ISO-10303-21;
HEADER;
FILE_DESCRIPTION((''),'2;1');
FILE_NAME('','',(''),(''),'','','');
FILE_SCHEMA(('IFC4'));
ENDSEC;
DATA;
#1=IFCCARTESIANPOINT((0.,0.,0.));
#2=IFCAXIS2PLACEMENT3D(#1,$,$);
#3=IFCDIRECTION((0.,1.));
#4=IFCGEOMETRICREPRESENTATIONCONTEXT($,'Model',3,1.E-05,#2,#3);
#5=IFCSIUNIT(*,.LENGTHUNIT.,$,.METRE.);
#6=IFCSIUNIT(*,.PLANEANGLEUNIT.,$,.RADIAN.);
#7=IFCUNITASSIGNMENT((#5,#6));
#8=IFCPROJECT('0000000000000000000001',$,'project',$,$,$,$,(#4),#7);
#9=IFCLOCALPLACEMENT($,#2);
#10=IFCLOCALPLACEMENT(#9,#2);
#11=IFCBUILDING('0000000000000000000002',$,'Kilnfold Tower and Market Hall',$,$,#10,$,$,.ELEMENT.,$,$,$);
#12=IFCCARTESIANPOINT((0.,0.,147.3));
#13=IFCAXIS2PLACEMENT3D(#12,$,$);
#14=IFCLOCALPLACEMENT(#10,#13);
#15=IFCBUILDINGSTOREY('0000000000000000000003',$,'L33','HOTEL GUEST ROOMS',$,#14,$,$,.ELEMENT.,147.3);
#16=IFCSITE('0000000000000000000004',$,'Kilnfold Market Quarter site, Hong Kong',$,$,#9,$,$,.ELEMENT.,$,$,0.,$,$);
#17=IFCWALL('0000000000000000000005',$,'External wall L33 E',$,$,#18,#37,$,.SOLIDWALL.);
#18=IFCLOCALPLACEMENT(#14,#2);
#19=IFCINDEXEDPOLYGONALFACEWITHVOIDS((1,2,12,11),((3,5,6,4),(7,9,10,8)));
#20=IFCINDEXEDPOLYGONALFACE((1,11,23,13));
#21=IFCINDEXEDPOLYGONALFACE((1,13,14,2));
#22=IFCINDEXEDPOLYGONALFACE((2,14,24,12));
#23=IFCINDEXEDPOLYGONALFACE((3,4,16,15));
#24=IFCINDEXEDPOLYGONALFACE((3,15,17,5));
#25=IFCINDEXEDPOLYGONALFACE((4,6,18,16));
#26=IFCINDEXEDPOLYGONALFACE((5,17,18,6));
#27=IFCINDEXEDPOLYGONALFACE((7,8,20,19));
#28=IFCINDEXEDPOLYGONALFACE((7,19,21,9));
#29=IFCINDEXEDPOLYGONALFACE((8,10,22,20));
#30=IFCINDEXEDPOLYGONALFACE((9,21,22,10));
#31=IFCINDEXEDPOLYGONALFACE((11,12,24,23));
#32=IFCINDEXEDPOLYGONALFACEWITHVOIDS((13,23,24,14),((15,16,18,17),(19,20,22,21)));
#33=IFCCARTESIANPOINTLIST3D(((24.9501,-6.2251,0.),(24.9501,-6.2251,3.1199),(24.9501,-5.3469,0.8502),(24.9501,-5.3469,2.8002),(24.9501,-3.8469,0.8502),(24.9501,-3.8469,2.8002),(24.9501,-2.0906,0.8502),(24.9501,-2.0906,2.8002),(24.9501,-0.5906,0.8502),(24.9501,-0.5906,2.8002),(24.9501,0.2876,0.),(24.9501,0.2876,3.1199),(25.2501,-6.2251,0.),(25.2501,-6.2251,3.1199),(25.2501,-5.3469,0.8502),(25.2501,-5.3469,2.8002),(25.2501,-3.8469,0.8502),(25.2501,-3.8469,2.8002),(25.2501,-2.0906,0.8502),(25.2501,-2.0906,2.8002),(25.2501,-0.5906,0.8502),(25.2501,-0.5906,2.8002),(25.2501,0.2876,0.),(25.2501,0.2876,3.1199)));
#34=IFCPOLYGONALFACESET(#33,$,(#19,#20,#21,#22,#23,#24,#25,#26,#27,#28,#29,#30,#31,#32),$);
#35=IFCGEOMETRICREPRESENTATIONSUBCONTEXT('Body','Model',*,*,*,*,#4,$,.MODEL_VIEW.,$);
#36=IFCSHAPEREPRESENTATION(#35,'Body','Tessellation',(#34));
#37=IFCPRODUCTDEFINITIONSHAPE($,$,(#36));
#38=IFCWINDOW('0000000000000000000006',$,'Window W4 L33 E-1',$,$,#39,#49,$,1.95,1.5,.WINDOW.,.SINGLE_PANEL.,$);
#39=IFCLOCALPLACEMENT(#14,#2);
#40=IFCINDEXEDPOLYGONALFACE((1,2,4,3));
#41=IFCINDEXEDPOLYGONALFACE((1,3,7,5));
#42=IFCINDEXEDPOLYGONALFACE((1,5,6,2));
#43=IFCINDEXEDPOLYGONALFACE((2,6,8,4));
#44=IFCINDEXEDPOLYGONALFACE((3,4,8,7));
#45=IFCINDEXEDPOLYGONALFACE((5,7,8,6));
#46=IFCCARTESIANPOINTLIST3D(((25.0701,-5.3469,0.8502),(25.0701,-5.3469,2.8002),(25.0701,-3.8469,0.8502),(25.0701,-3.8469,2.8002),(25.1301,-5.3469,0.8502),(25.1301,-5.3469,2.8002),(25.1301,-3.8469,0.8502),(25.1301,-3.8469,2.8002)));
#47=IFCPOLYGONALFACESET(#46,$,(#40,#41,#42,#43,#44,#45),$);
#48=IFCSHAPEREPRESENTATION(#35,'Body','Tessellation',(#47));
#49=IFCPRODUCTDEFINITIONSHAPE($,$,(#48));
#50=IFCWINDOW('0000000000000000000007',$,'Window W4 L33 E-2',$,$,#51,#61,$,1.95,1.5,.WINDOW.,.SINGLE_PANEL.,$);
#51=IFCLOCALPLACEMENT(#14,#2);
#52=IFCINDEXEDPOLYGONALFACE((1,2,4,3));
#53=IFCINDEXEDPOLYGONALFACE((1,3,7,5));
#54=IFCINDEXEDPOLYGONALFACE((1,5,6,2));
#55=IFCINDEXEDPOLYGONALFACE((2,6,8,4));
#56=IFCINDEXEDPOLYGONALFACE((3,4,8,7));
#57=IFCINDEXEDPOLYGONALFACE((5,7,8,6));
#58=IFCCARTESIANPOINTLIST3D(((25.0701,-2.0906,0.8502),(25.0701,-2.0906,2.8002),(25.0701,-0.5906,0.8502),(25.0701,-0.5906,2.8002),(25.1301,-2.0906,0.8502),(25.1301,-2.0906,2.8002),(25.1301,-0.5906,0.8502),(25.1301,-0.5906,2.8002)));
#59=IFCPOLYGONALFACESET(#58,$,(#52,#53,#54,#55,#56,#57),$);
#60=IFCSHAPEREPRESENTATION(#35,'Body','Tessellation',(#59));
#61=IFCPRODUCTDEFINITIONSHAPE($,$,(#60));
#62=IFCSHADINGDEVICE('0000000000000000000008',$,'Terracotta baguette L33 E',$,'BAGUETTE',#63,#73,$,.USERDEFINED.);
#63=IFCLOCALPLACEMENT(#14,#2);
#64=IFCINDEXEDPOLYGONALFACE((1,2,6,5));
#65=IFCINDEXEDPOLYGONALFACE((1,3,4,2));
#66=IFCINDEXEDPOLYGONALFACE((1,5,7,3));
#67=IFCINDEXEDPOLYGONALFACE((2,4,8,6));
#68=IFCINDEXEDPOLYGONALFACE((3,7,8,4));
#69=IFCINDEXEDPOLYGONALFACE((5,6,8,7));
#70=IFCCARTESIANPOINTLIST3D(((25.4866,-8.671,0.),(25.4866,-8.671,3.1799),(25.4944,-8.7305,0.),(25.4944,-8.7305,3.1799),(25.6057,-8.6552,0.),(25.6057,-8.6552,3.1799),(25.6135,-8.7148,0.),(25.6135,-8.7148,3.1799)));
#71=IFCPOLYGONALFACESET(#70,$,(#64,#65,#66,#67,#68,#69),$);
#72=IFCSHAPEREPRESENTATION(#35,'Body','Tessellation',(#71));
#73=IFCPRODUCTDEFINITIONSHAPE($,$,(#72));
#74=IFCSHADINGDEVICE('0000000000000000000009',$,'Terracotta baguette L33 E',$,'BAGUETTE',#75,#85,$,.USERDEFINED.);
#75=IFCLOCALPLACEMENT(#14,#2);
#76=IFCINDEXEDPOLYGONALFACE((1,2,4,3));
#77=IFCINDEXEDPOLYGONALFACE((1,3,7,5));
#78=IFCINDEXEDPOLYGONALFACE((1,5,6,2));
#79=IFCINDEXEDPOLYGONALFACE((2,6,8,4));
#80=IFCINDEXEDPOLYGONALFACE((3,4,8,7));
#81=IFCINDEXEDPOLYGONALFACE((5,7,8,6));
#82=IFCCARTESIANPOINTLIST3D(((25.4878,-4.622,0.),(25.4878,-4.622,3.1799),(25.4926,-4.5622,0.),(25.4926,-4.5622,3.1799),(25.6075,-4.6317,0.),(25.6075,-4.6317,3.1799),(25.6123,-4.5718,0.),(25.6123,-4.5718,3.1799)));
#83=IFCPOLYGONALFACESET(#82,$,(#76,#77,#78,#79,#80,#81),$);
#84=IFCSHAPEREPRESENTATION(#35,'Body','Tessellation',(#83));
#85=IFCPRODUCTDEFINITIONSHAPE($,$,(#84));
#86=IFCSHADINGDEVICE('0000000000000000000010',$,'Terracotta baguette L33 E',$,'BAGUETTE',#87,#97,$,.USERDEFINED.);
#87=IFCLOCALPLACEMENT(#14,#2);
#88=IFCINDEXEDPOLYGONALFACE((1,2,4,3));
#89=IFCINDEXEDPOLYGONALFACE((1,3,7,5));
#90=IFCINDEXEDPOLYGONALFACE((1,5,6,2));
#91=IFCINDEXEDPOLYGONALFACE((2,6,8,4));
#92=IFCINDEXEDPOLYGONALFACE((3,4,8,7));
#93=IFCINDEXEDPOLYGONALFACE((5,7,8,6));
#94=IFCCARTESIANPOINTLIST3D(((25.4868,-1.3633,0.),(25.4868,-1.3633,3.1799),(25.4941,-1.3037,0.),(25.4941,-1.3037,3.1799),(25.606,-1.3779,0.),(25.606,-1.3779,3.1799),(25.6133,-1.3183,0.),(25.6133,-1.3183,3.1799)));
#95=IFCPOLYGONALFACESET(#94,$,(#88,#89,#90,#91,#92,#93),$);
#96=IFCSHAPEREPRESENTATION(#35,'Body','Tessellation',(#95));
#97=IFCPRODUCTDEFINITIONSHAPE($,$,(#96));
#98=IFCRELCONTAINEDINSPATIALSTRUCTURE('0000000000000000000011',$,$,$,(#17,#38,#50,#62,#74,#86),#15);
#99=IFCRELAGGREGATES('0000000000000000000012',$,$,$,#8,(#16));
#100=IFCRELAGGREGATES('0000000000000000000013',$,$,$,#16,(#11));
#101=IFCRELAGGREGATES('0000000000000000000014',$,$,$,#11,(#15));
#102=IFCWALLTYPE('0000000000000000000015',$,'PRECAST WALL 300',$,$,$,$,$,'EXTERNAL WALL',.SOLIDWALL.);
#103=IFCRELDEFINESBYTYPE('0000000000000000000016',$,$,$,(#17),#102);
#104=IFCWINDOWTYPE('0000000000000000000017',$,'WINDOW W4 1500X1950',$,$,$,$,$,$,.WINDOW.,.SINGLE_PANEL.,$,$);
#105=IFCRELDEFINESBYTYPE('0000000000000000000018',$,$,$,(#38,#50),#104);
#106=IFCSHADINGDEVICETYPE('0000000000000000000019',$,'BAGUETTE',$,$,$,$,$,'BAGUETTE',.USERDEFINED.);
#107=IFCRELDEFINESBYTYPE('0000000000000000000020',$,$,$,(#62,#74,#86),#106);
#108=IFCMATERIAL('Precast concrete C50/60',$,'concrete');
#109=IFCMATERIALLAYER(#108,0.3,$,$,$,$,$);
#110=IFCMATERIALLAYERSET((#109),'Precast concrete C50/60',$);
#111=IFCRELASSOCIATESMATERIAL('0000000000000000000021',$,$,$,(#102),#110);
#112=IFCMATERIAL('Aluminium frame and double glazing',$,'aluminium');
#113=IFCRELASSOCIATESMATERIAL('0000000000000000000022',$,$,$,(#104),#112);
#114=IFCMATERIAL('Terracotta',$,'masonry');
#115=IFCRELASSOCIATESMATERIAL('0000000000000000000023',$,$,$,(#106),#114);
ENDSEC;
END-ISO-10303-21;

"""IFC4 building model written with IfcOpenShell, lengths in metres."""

from ifc_helpers import new_model, si_unit, direction, frame, frame_2d, origin, origin_2d, place, context, subcontext, project, spatial, rectangle, extrude, source, transform, mapped, material, layer, layer_set, material_profile, profile_set, type_object, element, fill, save


model = new_model("IFC4")

# Units and contexts
model_context = context("Model", 3, precision=1e-05, world=origin(), true_north=direction((0.0, 1.0)))
body_context = subcontext(model_context, "Body", "Model", "MODEL_VIEW")
ifc_project = project(units=[si_unit("LENGTHUNIT", "METRE"), si_unit("PLANEANGLEUNIT", "RADIAN")], contexts=[model_context])

# Site, building, storey
site_placement = place(None, origin())
site = spatial("IfcSite", under=ifc_project, at=site_placement, Name="Kilnfold Market Quarter site, Hong Kong", CompositionType="ELEMENT", RefElevation=0.0)
building_placement = place(site_placement, origin())
building = spatial("IfcBuilding", under=site, at=building_placement, Name="Kilnfold Tower and Market Hall", CompositionType="ELEMENT")
storey_placement = place(building_placement, frame((0.0, 0.0, 147.3)))
storey = spatial("IfcBuildingStorey", under=building, at=storey_placement, Name="L33", Description="HOTEL GUEST ROOMS", CompositionType="ELEMENT", Elevation=147.3)

# Wall, openings, windows
ifc_material_1 = material(Name="Precast concrete C50/60", Category="concrete")
ifc_layer_1 = layer(ifc_material_1, 0.3)
ifc_layer_set_1 = layer_set([ifc_layer_1], Name="Precast concrete C50/60")
wall_type_1 = type_object("IfcWallType", Name="PRECAST WALL 300", ElementType="EXTERNAL WALL", PredefinedType="SOLIDWALL", material=ifc_layer_set_1)
shared_shape_1 = source(origin(), body_context, "Body", "SweptSolid", [
    extrude(rectangle(XDim=6.5127, YDim=0.3, at=frame_2d((3.2563, 0.0))), origin(), (0.0, 0.0, 1.0), 3.1199),
])
wall_1_placement = place(storey_placement, frame((25.1001, -6.2251, 0.0), z_axis=(0.0, 0.0, 1.0), x_axis=(0.0, 1.0, 0.0)))
wall_1 = element("IfcWall", 1, at=wall_1_placement, inside=storey, type_object=wall_type_1, Name="External wall L33 E", PredefinedType="SOLIDWALL", context=body_context, shape_type="MappedRepresentation", body=[
    mapped(shared_shape_1, transform((0.0, 0.0, 0.0))),
])
opening_1_placement = place(wall_1_placement, frame((0.8782, 0.0, 0.8501)))
opening_1 = element("IfcOpeningElement", 2, at=opening_1_placement, cuts=wall_1, PredefinedType="OPENING", context=body_context, shape_type="SweptSolid", body=[
    extrude(rectangle(XDim=1.5, YDim=1.95, at=frame_2d((0.75, 0.9751))), frame((0.0, 0.1602, 0.0), z_axis=(0.0, -1.0, 0.0), x_axis=(1.0, 0.0, 0.0)), (0.0, 0.0, 1.0), 0.3201),
])
opening_2_placement = place(wall_1_placement, frame((4.1345, 0.0, 0.8501)))
opening_2 = element("IfcOpeningElement", 3, at=opening_2_placement, cuts=wall_1, PredefinedType="OPENING", context=body_context, shape_type="SweptSolid", body=[
    extrude(rectangle(XDim=1.5, YDim=1.95, at=frame_2d((0.75, 0.9751))), frame((0.0, 0.1602, 0.0), z_axis=(0.0, -1.0, 0.0), x_axis=(1.0, 0.0, 0.0)), (0.0, 0.0, 1.0), 0.3201),
])
ifc_material_2 = material(Name="Aluminium frame and double glazing", Category="aluminium")
window_type = type_object("IfcWindowType", Name="WINDOW W4 1500X1950", PartitioningType="SINGLE_PANEL", PredefinedType="WINDOW", material=ifc_material_2)
window_1_placement = place(opening_1_placement, origin())
window_1 = element("IfcWindow", 4, at=window_1_placement, inside=storey, type_object=window_type, Name="Window W4 L33 E-1", OverallHeight=1.95, OverallWidth=1.5, PartitioningType="SINGLE_PANEL", PredefinedType="WINDOW", context=body_context, shape_type="SweptSolid", body=[
    extrude(rectangle(XDim=1.5, YDim=1.95, at=frame_2d((0.75, 0.9751))), frame((0.0, 0.03, 0.0), z_axis=(0.0, -1.0, 0.0), x_axis=(1.0, 0.0, 0.0)), (0.0, 0.0, 1.0), 0.0601),
])
fill(opening_1, window_1)
window_2_placement = place(opening_2_placement, origin())
window_2 = element("IfcWindow", 5, at=window_2_placement, inside=storey, type_object=window_type, Name="Window W4 L33 E-2", OverallHeight=1.95, OverallWidth=1.5, PartitioningType="SINGLE_PANEL", PredefinedType="WINDOW", context=body_context, shape_type="SweptSolid", body=[
    extrude(rectangle(XDim=1.5, YDim=1.95, at=frame_2d((0.75, 0.9751))), frame((0.0, 0.03, 0.0), z_axis=(0.0, -1.0, 0.0), x_axis=(1.0, 0.0, 0.0)), (0.0, 0.0, 1.0), 0.0601),
])
fill(opening_2, window_2)

# Shading devices
ifc_material_3 = material(Name="Terracotta", Category="masonry")
ifc_material_profile_1 = material_profile(ifc_material_3, rectangle(XDim=0.0601, YDim=0.1201, at=origin_2d()), Name="BAG 60x120")
ifc_profile_set_1 = profile_set([ifc_material_profile_1], Name="Terracotta")
shading_device_type = type_object("IfcShadingDeviceType", Name="BAGUETTE", ElementType="BAGUETTE", PredefinedType="USERDEFINED", material=ifc_profile_set_1)
shared_shape_2 = source(origin(), body_context, "Body", "SweptSolid", [
    extrude(rectangle(XDim=0.0601, YDim=0.1201, at=origin_2d()), origin(), (0.0, 0.0, 1.0), 3.1799),
])
for number, where, z_axis, x_axis, name in (
    (6, (25.55, -8.6929, 0.0), (0.0, 0.0, 1.0), (-0.130848, 0.991402, 0.0), "Terracotta baguette L33 E"),
    (7, (25.55, -4.5969, 0.0), (0.0, 0.0, 1.0), (0.080601, 0.996746, 0.0), "Terracotta baguette L33 E"),
    (8, (25.55, -1.3408, 0.0), (0.0, 0.0, 1.0), (0.121778, 0.992557, 0.0), "Terracotta baguette L33 E"),
):
    element("IfcShadingDevice", number, at=place(storey_placement, frame(where, z_axis=z_axis, x_axis=x_axis)), inside=storey, type_object=shading_device_type, Name=name, ObjectType="BAGUETTE", PredefinedType="USERDEFINED", context=body_context, shape_type="MappedRepresentation", body=[
        mapped(shared_shape_2, transform((0.0, 0.0, 0.0))),
    ])

save(model, "model.ifc")
